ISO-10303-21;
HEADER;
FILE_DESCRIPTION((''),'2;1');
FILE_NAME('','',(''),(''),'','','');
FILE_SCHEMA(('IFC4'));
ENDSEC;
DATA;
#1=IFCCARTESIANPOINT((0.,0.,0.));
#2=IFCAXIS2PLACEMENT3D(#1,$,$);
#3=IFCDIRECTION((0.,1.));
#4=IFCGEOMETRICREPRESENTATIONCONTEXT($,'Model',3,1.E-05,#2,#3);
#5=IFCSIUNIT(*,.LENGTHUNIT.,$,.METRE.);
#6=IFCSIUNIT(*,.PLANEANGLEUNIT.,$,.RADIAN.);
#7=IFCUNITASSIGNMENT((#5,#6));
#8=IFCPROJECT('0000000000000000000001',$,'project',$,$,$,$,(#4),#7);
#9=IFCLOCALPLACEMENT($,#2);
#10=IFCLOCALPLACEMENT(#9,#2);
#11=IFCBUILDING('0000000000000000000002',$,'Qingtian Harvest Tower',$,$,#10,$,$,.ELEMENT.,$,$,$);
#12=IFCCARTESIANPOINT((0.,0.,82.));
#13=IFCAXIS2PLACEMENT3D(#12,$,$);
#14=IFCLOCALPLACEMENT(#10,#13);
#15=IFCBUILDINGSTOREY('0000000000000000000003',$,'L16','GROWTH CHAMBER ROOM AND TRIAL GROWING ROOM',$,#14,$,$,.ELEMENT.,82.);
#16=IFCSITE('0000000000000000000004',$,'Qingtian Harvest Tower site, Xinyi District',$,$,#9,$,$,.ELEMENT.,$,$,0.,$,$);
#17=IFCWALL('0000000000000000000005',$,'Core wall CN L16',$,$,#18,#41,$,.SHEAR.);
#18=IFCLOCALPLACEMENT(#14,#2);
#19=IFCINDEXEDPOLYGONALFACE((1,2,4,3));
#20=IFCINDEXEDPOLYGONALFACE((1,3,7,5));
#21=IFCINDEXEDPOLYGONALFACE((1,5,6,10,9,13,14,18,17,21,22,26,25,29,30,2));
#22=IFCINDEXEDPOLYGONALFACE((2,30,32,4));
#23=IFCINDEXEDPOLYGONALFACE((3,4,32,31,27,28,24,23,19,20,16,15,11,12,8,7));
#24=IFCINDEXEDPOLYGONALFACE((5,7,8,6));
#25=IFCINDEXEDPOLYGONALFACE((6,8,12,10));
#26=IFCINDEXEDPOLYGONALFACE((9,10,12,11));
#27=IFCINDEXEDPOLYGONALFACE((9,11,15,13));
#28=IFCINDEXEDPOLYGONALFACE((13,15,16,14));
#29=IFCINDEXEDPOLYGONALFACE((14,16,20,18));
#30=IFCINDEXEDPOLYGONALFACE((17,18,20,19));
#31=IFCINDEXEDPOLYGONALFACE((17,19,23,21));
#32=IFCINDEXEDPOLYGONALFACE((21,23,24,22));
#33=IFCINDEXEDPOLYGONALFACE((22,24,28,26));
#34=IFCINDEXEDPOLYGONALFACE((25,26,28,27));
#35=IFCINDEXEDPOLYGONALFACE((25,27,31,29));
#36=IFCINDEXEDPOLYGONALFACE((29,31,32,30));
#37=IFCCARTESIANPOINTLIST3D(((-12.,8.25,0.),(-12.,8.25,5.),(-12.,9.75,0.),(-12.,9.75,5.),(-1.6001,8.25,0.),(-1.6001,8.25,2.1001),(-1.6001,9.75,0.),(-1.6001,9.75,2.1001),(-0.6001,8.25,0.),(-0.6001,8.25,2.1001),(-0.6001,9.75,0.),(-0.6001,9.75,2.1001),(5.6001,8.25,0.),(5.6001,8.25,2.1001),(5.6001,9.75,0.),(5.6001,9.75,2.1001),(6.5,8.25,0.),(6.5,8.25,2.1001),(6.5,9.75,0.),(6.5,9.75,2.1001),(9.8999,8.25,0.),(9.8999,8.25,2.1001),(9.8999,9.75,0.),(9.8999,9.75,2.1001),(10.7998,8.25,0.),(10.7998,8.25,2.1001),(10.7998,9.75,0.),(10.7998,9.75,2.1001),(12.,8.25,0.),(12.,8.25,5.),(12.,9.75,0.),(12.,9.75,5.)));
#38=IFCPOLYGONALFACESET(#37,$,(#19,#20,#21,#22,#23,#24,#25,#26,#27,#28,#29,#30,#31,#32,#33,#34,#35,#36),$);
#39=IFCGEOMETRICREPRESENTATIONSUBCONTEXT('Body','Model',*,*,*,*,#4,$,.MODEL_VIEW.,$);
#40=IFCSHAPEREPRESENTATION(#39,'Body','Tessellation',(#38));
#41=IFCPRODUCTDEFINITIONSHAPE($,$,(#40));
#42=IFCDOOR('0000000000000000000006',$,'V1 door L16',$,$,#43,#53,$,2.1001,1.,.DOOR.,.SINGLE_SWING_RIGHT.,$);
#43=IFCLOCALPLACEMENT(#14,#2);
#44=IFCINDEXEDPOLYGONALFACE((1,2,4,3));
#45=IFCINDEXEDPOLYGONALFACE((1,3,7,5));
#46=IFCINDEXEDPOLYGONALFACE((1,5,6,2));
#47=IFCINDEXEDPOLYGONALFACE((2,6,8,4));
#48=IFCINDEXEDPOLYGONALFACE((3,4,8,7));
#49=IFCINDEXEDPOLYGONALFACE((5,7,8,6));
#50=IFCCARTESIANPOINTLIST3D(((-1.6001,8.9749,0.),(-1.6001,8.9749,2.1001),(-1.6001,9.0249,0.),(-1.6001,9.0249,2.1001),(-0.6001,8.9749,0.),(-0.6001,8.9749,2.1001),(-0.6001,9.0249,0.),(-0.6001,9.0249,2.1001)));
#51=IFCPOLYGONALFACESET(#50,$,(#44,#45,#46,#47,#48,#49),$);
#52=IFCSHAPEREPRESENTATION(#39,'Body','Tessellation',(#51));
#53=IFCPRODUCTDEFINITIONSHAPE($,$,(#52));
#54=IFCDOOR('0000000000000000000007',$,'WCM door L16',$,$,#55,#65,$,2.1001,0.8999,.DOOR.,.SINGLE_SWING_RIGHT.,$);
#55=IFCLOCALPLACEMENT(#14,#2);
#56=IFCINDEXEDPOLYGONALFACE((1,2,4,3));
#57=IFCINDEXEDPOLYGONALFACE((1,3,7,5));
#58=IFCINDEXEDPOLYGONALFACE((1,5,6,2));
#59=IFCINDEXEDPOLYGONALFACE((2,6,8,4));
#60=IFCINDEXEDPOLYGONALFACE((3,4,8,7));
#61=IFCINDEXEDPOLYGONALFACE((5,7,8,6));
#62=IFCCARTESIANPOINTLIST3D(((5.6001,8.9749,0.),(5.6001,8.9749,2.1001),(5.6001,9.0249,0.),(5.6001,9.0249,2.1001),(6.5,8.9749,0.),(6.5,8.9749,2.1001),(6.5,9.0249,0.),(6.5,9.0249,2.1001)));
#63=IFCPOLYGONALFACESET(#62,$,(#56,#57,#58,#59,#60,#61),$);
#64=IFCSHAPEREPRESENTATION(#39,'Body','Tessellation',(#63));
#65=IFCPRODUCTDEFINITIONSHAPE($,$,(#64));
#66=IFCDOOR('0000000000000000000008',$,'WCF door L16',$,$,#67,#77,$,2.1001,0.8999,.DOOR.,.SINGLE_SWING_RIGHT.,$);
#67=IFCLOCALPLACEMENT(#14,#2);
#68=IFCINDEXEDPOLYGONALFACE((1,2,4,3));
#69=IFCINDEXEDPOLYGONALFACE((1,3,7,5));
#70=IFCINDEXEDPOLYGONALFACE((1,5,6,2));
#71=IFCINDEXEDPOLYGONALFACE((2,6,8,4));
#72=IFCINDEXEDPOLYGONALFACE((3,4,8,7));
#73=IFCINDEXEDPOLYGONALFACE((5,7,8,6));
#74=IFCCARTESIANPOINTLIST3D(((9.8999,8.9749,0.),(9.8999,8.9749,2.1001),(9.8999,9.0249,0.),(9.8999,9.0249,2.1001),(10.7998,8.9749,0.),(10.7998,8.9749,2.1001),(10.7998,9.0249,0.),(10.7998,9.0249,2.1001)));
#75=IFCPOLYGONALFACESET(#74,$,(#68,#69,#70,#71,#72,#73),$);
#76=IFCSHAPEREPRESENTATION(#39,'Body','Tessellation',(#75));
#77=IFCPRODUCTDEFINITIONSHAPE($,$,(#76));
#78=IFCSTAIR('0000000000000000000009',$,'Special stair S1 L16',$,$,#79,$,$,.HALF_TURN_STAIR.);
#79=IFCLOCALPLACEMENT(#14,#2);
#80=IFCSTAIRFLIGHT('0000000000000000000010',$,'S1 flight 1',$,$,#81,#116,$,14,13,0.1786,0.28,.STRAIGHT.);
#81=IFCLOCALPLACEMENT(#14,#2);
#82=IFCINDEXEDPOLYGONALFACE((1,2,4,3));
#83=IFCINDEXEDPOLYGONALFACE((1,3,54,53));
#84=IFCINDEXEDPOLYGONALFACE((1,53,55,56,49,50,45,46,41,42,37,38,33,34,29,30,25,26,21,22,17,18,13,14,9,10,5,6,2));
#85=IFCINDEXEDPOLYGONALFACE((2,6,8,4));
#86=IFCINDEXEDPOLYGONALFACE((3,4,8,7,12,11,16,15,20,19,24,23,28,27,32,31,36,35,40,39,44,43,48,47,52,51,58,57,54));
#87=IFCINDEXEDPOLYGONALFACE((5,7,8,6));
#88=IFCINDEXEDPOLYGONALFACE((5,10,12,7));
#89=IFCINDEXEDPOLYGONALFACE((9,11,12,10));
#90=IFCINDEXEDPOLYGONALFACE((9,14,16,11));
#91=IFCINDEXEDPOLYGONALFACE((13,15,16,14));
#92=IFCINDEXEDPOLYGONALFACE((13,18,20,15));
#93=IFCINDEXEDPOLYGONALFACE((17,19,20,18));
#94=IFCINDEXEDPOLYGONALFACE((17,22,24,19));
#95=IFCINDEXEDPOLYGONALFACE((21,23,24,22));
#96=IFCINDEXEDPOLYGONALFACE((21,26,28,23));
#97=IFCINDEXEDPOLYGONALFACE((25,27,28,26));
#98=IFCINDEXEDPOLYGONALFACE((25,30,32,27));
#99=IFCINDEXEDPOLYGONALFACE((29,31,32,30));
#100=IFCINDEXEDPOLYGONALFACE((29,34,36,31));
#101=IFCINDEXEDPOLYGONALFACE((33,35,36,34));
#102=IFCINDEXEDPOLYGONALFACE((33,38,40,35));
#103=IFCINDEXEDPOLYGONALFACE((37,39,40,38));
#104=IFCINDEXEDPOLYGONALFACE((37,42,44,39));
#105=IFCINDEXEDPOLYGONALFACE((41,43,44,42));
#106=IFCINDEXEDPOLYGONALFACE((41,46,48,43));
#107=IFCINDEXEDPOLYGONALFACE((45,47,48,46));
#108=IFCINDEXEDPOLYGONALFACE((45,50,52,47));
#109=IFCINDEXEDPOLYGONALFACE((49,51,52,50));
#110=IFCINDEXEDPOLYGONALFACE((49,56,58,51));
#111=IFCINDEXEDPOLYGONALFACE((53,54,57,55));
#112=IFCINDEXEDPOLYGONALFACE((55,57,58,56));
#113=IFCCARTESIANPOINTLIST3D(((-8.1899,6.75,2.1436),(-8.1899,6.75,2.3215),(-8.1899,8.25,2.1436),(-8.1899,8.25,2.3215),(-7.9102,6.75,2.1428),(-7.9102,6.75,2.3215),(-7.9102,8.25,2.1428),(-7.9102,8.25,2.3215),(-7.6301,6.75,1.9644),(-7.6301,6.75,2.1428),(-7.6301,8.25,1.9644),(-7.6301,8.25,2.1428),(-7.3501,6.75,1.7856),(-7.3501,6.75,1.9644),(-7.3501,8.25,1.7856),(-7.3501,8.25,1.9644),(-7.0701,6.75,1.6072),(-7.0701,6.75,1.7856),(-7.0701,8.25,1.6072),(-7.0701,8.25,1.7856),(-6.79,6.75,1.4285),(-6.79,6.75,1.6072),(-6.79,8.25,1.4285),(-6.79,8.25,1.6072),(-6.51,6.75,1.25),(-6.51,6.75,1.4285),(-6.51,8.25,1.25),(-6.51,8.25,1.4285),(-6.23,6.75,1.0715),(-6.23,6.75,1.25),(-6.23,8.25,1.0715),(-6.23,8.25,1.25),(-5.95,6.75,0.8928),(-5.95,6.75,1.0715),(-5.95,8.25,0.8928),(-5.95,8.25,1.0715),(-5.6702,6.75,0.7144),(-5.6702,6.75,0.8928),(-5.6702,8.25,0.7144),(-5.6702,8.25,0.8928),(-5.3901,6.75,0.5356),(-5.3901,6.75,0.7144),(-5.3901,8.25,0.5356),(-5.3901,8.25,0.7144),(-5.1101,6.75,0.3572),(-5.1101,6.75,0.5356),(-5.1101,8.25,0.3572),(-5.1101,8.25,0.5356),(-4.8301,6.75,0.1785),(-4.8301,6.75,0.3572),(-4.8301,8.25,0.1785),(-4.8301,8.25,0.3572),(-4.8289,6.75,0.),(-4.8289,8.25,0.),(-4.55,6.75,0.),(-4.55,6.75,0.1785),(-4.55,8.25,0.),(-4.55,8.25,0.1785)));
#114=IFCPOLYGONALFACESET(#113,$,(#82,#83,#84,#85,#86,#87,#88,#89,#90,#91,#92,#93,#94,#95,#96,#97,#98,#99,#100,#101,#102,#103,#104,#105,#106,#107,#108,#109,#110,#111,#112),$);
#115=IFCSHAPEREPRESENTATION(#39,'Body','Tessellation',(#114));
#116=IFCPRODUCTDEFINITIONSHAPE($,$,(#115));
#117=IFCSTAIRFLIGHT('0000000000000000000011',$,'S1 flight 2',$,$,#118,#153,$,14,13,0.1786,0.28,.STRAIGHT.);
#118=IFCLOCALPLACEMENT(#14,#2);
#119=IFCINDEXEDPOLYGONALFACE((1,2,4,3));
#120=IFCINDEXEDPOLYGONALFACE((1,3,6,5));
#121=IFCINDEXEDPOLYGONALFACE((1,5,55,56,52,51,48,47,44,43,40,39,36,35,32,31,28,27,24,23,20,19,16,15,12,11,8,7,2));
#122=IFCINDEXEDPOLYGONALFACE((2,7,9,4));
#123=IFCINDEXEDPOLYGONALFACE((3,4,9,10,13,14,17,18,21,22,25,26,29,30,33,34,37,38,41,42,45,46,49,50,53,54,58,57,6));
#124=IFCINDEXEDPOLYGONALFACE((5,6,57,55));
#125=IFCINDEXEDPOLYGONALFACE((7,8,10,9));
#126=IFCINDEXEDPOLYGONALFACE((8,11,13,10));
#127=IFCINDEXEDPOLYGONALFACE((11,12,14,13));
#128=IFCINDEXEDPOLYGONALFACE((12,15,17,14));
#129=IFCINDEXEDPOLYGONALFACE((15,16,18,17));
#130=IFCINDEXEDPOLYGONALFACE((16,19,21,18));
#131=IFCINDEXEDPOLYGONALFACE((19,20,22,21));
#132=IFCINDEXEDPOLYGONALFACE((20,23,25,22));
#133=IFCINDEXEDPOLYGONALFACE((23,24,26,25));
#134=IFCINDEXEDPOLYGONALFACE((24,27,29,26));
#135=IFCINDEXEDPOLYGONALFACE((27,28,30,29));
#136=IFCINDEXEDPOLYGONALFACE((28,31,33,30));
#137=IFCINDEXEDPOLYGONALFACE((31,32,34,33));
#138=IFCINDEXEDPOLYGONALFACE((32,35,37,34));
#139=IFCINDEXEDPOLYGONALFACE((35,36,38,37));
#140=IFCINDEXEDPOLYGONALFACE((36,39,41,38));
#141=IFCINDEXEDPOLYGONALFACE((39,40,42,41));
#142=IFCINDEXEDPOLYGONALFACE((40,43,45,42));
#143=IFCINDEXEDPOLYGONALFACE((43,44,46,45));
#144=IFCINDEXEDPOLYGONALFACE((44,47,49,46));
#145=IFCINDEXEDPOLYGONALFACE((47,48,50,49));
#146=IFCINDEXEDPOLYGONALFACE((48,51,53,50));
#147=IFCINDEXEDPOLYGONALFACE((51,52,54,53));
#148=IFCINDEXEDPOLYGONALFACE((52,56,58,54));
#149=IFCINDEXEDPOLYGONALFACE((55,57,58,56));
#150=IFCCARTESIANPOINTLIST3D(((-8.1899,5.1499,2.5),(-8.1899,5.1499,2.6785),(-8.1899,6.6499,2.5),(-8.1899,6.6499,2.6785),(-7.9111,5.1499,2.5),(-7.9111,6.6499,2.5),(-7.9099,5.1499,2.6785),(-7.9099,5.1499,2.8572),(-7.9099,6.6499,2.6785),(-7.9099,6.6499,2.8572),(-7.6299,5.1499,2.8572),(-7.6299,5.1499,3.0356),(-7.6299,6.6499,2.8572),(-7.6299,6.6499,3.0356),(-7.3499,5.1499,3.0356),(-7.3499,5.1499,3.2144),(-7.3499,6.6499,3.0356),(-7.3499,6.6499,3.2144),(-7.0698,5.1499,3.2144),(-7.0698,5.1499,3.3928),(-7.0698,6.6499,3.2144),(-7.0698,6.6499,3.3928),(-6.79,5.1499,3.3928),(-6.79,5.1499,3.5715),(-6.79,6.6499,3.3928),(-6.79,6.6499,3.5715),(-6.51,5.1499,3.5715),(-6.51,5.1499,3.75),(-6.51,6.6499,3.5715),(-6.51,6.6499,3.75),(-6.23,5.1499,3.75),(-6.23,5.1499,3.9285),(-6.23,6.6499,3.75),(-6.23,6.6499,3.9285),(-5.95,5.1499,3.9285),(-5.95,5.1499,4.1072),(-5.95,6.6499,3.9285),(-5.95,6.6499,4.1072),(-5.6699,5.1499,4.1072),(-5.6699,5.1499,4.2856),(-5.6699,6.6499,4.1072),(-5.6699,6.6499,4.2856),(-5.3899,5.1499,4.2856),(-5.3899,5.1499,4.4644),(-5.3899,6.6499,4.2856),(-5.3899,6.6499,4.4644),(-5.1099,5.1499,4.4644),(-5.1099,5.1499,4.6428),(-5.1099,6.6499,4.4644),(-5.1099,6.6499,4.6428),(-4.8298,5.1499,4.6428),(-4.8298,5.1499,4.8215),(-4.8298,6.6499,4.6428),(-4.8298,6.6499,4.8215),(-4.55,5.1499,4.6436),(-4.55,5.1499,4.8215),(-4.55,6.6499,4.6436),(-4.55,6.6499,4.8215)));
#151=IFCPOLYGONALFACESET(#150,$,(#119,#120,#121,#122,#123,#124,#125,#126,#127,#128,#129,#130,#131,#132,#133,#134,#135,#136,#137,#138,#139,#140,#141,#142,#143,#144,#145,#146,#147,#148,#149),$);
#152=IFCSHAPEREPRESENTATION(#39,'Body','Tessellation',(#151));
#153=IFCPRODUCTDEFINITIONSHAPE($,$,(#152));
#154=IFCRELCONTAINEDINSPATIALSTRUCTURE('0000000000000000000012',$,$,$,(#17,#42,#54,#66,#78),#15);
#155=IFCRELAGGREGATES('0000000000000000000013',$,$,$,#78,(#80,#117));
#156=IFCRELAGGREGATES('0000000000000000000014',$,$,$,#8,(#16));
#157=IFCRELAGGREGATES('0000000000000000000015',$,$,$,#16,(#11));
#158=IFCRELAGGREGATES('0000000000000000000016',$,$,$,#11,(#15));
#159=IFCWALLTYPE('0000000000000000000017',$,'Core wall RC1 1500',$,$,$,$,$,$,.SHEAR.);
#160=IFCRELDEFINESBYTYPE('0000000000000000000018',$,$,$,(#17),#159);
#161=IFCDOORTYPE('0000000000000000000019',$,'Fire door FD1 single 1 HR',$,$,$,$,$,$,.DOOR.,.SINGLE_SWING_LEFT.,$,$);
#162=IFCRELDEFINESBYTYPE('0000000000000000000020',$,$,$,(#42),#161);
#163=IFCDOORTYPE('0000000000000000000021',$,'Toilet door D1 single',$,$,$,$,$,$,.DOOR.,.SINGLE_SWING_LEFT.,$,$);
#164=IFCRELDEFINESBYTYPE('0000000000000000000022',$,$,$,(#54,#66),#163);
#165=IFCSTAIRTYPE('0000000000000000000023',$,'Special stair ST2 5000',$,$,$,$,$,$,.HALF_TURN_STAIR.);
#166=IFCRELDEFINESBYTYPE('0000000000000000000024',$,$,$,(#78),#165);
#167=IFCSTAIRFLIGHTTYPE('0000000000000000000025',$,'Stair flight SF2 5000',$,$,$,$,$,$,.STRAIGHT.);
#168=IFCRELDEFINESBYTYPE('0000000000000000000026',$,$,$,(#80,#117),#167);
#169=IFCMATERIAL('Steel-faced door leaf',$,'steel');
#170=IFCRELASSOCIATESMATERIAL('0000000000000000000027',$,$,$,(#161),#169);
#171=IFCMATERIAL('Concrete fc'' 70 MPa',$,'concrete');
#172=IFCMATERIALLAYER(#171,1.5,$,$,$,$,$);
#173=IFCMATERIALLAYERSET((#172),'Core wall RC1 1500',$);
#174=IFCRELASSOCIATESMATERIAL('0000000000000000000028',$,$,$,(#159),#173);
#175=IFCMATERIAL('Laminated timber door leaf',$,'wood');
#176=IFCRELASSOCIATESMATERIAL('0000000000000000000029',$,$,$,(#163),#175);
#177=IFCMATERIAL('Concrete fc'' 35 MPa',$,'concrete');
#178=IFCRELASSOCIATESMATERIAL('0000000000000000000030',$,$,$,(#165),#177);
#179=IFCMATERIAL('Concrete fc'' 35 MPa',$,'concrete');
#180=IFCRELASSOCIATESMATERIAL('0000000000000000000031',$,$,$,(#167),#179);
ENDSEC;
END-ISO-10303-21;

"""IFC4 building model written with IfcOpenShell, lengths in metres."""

from ifc_helpers import new_model, si_unit, direction, frame, frame_2d, origin, place, context, subcontext, project, spatial, polyline, rectangle, outline, extrude, material, layer, layer_set, type_object, element, fill, aggregate, save


model = new_model("IFC4")

# Units and contexts
model_context = context("Model", 3, precision=1e-05, world=origin(), true_north=direction((0.0, 1.0)))
body_context = subcontext(model_context, "Body", "Model", "MODEL_VIEW")
ifc_project = project(units=[si_unit("LENGTHUNIT", "METRE"), si_unit("PLANEANGLEUNIT", "RADIAN")], contexts=[model_context])

# Site, building, storey
site_placement = place(None, origin())
site = spatial("IfcSite", under=ifc_project, at=site_placement, Name="Qingtian Harvest Tower site, Xinyi District", CompositionType="ELEMENT", RefElevation=0.0)
building_placement = place(site_placement, origin())
building = spatial("IfcBuilding", under=site, at=building_placement, Name="Qingtian Harvest Tower", CompositionType="ELEMENT")
storey_placement = place(building_placement, frame((0.0, 0.0, 82.0)))
storey = spatial("IfcBuildingStorey", under=building, at=storey_placement, Name="L16", Description="GROWTH CHAMBER ROOM AND TRIAL GROWING ROOM", CompositionType="ELEMENT", Elevation=82.0)

# Shared definitions
ifc_material_1 = material(Name="Steel-faced door leaf", Category="steel")
door_type_1 = type_object("IfcDoorType", Name="Fire door FD1 single 1 HR", OperationType="SINGLE_SWING_LEFT", PredefinedType="DOOR", material=ifc_material_1)

# Wall, openings, doors
ifc_material_2 = material(Name="Concrete fc' 70 MPa", Category="concrete")
ifc_layer_1 = layer(ifc_material_2, 1.5)
ifc_layer_set_1 = layer_set([ifc_layer_1], Name="Core wall RC1 1500")
wall_type_1 = type_object("IfcWallType", Name="Core wall RC1 1500", PredefinedType="SHEAR", material=ifc_layer_set_1)
wall_1_placement = place(storey_placement, frame((-12.0, 9.0, 0.0), z_axis=(0.0, 0.0, 1.0), x_axis=(1.0, 0.0, 0.0)))
wall_1 = element("IfcWall", 1, at=wall_1_placement, inside=storey, type_object=wall_type_1, Name="Core wall CN L16", PredefinedType="SHEAR", context=body_context, shape_type="SweptSolid", body=[
    extrude(rectangle(XDim=24.0, YDim=1.5, at=frame_2d((12.0, 0.0))), origin(), (0.0, 0.0, 1.0), 5.0),
])
opening_1_placement = place(wall_1_placement, frame((10.3999, 0.0, 0.0)))
opening_1 = element("IfcOpeningElement", 2, at=opening_1_placement, cuts=wall_1, PredefinedType="OPENING", context=body_context, shape_type="SweptSolid", body=[
    extrude(rectangle(XDim=1.0, YDim=2.1001, at=frame_2d((0.5, 1.05))), frame((0.0, 0.76, 0.0), z_axis=(0.0, -1.0, 0.0), x_axis=(1.0, 0.0, 0.0)), (0.0, 0.0, 1.0), 1.52),
])
opening_2_placement = place(wall_1_placement, frame((17.6001, 0.0, 0.0)))
opening_2 = element("IfcOpeningElement", 3, at=opening_2_placement, cuts=wall_1, PredefinedType="OPENING", context=body_context, shape_type="SweptSolid", body=[
    extrude(rectangle(XDim=0.8999, YDim=2.1001, at=frame_2d((0.45, 1.05))), frame((0.0, 0.76, 0.0), z_axis=(0.0, -1.0, 0.0), x_axis=(1.0, 0.0, 0.0)), (0.0, 0.0, 1.0), 1.52),
])
opening_3_placement = place(wall_1_placement, frame((21.8999, 0.0, 0.0)))
opening_3 = element("IfcOpeningElement", 4, at=opening_3_placement, cuts=wall_1, PredefinedType="OPENING", context=body_context, shape_type="SweptSolid", body=[
    extrude(rectangle(XDim=0.8999, YDim=2.1001, at=frame_2d((0.45, 1.05))), frame((0.0, 0.76, 0.0), z_axis=(0.0, -1.0, 0.0), x_axis=(1.0, 0.0, 0.0)), (0.0, 0.0, 1.0), 1.52),
])
door_1_placement = place(opening_1_placement, origin())
door_1 = element("IfcDoor", 5, at=door_1_placement, inside=storey, type_object=door_type_1, Name="V1 door L16", OperationType="SINGLE_SWING_RIGHT", OverallHeight=2.1001, OverallWidth=1.0, PredefinedType="DOOR", context=body_context, shape_type="SweptSolid", body=[
    extrude(rectangle(XDim=1.0, YDim=2.1001, at=frame_2d((0.5, 1.05))), frame((0.0, 0.0249, 0.0), z_axis=(0.0, -1.0, 0.0), x_axis=(1.0, 0.0, 0.0)), (0.0, 0.0, 1.0), 0.05),
])
fill(opening_1, door_1)
ifc_material_3 = material(Name="Laminated timber door leaf", Category="wood")
door_type_2 = type_object("IfcDoorType", Name="Toilet door D1 single", OperationType="SINGLE_SWING_LEFT", PredefinedType="DOOR", material=ifc_material_3)
door_2_placement = place(opening_2_placement, origin())
door_2 = element("IfcDoor", 6, at=door_2_placement, inside=storey, type_object=door_type_2, Name="WCM door L16", OperationType="SINGLE_SWING_RIGHT", OverallHeight=2.1001, OverallWidth=0.8999, PredefinedType="DOOR", context=body_context, shape_type="SweptSolid", body=[
    extrude(rectangle(XDim=0.8999, YDim=2.1001, at=frame_2d((0.45, 1.05))), frame((0.0, 0.0249, 0.0), z_axis=(0.0, -1.0, 0.0), x_axis=(1.0, 0.0, 0.0)), (0.0, 0.0, 1.0), 0.05),
])
fill(opening_2, door_2)
door_3_placement = place(opening_3_placement, origin())
door_3 = element("IfcDoor", 7, at=door_3_placement, inside=storey, type_object=door_type_2, Name="WCF door L16", OperationType="SINGLE_SWING_RIGHT", OverallHeight=2.1001, OverallWidth=0.8999, PredefinedType="DOOR", context=body_context, shape_type="SweptSolid", body=[
    extrude(rectangle(XDim=0.8999, YDim=2.1001, at=frame_2d((0.45, 1.05))), frame((0.0, 0.0249, 0.0), z_axis=(0.0, -1.0, 0.0), x_axis=(1.0, 0.0, 0.0)), (0.0, 0.0, 1.0), 0.05),
])
fill(opening_3, door_3)

# Stair, stair flights
ifc_material_4 = material(Name="Concrete fc' 35 MPa", Category="concrete")
stair_type = type_object("IfcStairType", Name="Special stair ST2 5000", PredefinedType="HALF_TURN_STAIR", material=ifc_material_4)
stair_placement = place(storey_placement, origin())
stair = element("IfcStair", 8, at=stair_placement, inside=storey, type_object=stair_type, Name="Special stair S1 L16", PredefinedType="HALF_TURN_STAIR")
ifc_material_5 = material(Name="Concrete fc' 35 MPa", Category="concrete")
stair_flight_type = type_object("IfcStairFlightType", Name="Stair flight SF2 5000", PredefinedType="STRAIGHT", material=ifc_material_5)
stair_flight_1_placement = place(storey_placement, frame((-4.55, 7.5, 0.0), z_axis=(0.0, 0.0, 1.0), x_axis=(-1.0, 0.0, 0.0)))
stair_flight_1 = element("IfcStairFlight", 9, at=stair_flight_1_placement, type_object=stair_flight_type, Name="S1 flight 1", NumberOfRisers=14, NumberOfTreads=13, PredefinedType="STRAIGHT", RiserHeight=0.1786, TreadLength=0.28, context=body_context, shape_type="SweptSolid", body=[
    extrude(outline(polyline([(0.0, 0.0), (0.0, 0.1785), (0.28, 0.1785), (0.28, 0.3572), (0.5601, 0.3572), (0.5601, 0.5356), (0.8401, 0.5356), (0.8401, 0.7144), (1.1201, 0.7144), (1.1201, 0.8928), (1.3999, 0.8928), (1.3999, 1.0715), (1.6799, 1.0715), (1.6799, 1.25), (1.96, 1.25), (1.96, 1.4285), (2.24, 1.4285), (2.24, 1.6072), (2.52, 1.6072), (2.52, 1.7856), (2.8, 1.7856), (2.8, 1.9644), (3.0801, 1.9644), (3.0801, 2.1428), (3.3601, 2.1428), (3.3601, 2.3215), (3.6399, 2.3215), (3.6399, 2.5), (3.6399, 2.1436), (0.2788, 0.0), (0.0, 0.0)])), frame((0.0, 0.75, 0.0), z_axis=(0.0, -1.0, 0.0), x_axis=(1.0, 0.0, 0.0)), (0.0, 0.0, 1.0), 1.5),
])
stair_flight_2_placement = place(storey_placement, frame((-8.1899, 5.8999, 2.5), z_axis=(0.0, 0.0, 1.0), x_axis=(1.0, 0.0, 0.0)))
stair_flight_2 = element("IfcStairFlight", 10, at=stair_flight_2_placement, type_object=stair_flight_type, Name="S1 flight 2", NumberOfRisers=14, NumberOfTreads=13, PredefinedType="STRAIGHT", RiserHeight=0.1786, TreadLength=0.28, context=body_context, shape_type="SweptSolid", body=[
    extrude(outline(polyline([(0.0, 0.0), (0.0, 0.1785), (0.28, 0.1785), (0.28, 0.3572), (0.5601, 0.3572), (0.5601, 0.5356), (0.8401, 0.5356), (0.8401, 0.7144), (1.1201, 0.7144), (1.1201, 0.8928), (1.3999, 0.8928), (1.3999, 1.0715), (1.6799, 1.0715), (1.6799, 1.25), (1.96, 1.25), (1.96, 1.4285), (2.24, 1.4285), (2.24, 1.6072), (2.52, 1.6072), (2.52, 1.7856), (2.8, 1.7856), (2.8, 1.9644), (3.0801, 1.9644), (3.0801, 2.1428), (3.3601, 2.1428), (3.3601, 2.3215), (3.6399, 2.3215), (3.6399, 2.5), (3.6399, 2.1436), (0.2788, 0.0), (0.0, 0.0)])), frame((0.0, 0.75, 0.0), z_axis=(0.0, -1.0, 0.0), x_axis=(1.0, 0.0, 0.0)), (0.0, 0.0, 1.0), 1.5),
])
aggregate(stair, [stair_flight_1, stair_flight_2])

save(model, "model.ifc")
